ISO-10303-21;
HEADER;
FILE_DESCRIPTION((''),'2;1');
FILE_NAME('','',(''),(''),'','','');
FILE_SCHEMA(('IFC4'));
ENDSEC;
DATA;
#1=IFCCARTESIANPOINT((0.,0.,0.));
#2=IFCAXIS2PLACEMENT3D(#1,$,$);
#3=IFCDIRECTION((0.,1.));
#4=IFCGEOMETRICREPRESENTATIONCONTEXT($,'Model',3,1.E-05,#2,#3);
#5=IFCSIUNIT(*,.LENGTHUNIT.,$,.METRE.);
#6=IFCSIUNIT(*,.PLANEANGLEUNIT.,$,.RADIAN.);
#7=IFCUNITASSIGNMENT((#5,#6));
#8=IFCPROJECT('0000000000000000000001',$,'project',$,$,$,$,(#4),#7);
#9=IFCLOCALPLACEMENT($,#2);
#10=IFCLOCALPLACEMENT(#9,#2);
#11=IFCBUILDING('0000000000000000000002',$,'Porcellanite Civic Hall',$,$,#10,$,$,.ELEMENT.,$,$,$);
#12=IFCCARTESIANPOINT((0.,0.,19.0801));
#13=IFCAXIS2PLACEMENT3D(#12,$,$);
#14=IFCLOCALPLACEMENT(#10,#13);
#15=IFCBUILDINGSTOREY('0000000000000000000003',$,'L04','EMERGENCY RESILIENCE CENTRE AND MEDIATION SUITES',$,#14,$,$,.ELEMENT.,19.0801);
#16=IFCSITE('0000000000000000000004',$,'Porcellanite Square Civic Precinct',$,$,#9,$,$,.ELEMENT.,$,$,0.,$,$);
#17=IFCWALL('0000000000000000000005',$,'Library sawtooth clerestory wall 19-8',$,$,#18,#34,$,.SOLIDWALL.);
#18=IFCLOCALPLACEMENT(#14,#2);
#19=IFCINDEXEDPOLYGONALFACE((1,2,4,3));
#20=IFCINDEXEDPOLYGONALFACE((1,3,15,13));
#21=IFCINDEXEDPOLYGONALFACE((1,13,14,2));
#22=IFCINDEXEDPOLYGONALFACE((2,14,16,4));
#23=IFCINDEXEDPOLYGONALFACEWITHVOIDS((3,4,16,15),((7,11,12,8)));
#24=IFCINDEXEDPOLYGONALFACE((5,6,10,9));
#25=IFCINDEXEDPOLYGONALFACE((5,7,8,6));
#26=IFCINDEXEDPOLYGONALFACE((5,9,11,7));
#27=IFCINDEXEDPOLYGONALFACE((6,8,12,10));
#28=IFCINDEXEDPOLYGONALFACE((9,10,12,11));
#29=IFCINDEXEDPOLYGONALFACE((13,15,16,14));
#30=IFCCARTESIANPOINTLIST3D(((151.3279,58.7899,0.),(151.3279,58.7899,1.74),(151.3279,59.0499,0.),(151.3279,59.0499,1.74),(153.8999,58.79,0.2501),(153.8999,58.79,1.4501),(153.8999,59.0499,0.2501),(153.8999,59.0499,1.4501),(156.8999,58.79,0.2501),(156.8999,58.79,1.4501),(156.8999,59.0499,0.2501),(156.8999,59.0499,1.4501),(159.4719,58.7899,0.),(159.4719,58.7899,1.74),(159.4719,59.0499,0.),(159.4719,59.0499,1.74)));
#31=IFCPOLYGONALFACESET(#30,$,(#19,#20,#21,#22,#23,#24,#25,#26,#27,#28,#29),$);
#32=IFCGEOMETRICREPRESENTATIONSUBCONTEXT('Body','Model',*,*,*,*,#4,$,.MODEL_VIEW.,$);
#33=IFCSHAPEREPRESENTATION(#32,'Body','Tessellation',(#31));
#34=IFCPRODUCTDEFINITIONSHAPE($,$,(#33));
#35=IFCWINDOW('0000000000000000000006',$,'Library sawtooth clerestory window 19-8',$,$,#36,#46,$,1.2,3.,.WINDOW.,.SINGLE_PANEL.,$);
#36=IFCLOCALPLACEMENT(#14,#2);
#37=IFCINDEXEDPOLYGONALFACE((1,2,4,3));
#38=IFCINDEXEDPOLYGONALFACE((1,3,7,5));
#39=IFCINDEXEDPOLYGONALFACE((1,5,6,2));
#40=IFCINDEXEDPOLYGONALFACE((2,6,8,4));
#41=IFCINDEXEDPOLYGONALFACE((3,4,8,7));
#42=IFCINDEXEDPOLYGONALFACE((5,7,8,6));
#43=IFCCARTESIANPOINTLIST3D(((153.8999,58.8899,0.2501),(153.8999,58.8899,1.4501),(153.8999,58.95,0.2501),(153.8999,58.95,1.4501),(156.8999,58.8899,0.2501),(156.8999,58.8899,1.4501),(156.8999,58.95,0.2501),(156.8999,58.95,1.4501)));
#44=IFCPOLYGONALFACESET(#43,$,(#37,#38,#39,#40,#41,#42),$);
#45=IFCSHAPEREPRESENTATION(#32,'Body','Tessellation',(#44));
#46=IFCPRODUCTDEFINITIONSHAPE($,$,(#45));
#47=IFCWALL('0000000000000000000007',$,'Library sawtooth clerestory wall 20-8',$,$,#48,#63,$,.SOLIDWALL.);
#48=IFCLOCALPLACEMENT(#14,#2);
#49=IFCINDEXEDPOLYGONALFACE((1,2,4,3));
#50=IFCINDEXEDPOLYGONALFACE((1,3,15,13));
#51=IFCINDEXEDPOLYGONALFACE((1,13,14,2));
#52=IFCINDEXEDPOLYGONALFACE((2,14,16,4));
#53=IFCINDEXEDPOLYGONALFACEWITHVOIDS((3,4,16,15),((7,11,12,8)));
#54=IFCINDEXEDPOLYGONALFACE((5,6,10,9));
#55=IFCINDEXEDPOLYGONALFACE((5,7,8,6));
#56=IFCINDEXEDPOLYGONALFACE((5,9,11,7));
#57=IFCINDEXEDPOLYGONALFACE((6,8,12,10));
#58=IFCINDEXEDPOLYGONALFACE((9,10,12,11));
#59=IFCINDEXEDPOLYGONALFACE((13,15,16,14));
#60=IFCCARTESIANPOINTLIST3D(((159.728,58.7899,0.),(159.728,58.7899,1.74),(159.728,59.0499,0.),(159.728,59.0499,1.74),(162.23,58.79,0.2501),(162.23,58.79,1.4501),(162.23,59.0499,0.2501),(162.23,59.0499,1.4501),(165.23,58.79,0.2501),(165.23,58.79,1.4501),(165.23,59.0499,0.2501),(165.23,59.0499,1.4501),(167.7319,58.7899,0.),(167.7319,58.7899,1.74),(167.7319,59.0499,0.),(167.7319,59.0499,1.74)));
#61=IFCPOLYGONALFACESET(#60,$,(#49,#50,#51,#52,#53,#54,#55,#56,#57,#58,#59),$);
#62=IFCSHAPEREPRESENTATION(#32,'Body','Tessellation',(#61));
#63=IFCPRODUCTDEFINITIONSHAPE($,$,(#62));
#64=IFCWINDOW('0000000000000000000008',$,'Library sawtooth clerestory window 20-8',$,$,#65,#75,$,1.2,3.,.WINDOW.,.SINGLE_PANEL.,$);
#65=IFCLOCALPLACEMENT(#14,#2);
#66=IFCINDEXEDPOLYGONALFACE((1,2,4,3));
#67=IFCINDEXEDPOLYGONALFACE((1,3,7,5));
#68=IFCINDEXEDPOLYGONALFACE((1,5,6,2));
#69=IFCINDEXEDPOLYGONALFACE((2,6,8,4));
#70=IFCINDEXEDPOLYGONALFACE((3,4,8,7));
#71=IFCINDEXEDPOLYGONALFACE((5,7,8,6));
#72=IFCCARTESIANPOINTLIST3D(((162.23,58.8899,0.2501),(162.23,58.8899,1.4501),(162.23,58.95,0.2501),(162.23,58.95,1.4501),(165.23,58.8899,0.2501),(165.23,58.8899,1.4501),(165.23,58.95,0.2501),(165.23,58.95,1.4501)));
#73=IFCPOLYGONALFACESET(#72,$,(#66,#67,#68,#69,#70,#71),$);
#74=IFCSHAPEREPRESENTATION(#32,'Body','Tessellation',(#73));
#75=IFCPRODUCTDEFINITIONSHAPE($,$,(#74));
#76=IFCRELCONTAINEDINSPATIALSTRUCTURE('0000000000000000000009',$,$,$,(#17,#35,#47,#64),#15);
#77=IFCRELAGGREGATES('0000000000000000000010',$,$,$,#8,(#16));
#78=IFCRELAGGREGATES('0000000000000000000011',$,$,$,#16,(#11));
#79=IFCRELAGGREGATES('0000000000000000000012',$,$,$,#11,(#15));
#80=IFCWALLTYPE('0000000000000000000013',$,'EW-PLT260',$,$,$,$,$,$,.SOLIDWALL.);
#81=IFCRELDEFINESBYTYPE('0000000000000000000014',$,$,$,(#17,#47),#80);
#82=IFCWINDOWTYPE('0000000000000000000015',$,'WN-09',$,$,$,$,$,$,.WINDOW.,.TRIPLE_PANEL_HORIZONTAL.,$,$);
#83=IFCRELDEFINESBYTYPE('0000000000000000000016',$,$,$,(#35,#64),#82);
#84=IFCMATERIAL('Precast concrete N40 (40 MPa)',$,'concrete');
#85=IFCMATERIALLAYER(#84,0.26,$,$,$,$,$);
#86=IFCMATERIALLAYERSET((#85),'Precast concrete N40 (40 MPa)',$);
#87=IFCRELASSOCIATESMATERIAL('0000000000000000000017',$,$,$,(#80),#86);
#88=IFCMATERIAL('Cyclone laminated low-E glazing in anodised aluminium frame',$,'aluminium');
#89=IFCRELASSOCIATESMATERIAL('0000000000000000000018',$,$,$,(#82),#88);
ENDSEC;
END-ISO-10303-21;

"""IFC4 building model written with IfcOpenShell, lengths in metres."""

from ifc_helpers import new_model, si_unit, direction, frame, frame_2d, origin, place, context, subcontext, project, spatial, rectangle, extrude, material, layer, layer_set, type_object, element, fill, save


model = new_model("IFC4")

# Units and contexts
model_context = context("Model", 3, precision=1e-05, world=origin(), true_north=direction((0.0, 1.0)))
body_context = subcontext(model_context, "Body", "Model", "MODEL_VIEW")
ifc_project = project(units=[si_unit("LENGTHUNIT", "METRE"), si_unit("PLANEANGLEUNIT", "RADIAN")], contexts=[model_context])

# Site, building, storey
site_placement = place(None, origin())
site = spatial("IfcSite", under=ifc_project, at=site_placement, Name="Porcellanite Square Civic Precinct", CompositionType="ELEMENT", RefElevation=0.0)
building_placement = place(site_placement, origin())
building = spatial("IfcBuilding", under=site, at=building_placement, Name="Porcellanite Civic Hall", CompositionType="ELEMENT")
storey_placement = place(building_placement, frame((0.0, 0.0, 19.0801)))
storey = spatial("IfcBuildingStorey", under=building, at=storey_placement, Name="L04", Description="EMERGENCY RESILIENCE CENTRE AND MEDIATION SUITES", CompositionType="ELEMENT", Elevation=19.0801)

# Walls, openings, windows
ifc_material_1 = material(Name="Precast concrete N40 (40 MPa)", Category="concrete")
ifc_layer_1 = layer(ifc_material_1, 0.26)
ifc_layer_set_1 = layer_set([ifc_layer_1], Name="Precast concrete N40 (40 MPa)")
wall_type_1 = type_object("IfcWallType", Name="EW-PLT260", PredefinedType="SOLIDWALL", material=ifc_layer_set_1)
wall_1_placement = place(storey_placement, frame((159.4719, 58.9199, 0.0), z_axis=(0.0, 0.0, 1.0), x_axis=(-1.0, 0.0, 0.0)))
wall_1 = element("IfcWall", 1, at=wall_1_placement, inside=storey, type_object=wall_type_1, Name="Library sawtooth clerestory wall 19-8", PredefinedType="SOLIDWALL", context=body_context, shape_type="SweptSolid", body=[
    extrude(rectangle(XDim=8.144, YDim=0.26, at=frame_2d((4.072, 0.0))), origin(), (0.0, 0.0, 1.0), 1.74),
])
opening_1_placement = place(wall_1_placement, frame((2.572, 0.0, 0.25)))
opening_1 = element("IfcOpeningElement", 2, at=opening_1_placement, cuts=wall_1, PredefinedType="OPENING", context=body_context, shape_type="SweptSolid", body=[
    extrude(rectangle(XDim=3.0, YDim=1.2, at=frame_2d((1.5, 0.6001))), frame((0.0, 0.1299, 0.0), z_axis=(0.0, -1.0, 0.0), x_axis=(1.0, 0.0, 0.0)), (0.0, 0.0, 1.0), 0.26),
])
ifc_material_2 = material(Name="Cyclone laminated low-E glazing in anodised aluminium frame", Category="aluminium")
window_type = type_object("IfcWindowType", Name="WN-09", PartitioningType="TRIPLE_PANEL_HORIZONTAL", PredefinedType="WINDOW", material=ifc_material_2)
window_1_placement = place(opening_1_placement, origin())
window_1 = element("IfcWindow", 3, at=window_1_placement, inside=storey, type_object=window_type, Name="Library sawtooth clerestory window 19-8", OverallHeight=1.2, OverallWidth=3.0, PartitioningType="SINGLE_PANEL", PredefinedType="WINDOW", context=body_context, shape_type="SweptSolid", body=[
    extrude(rectangle(XDim=3.0, YDim=1.2, at=frame_2d((1.5, 0.6001))), frame((0.0, 0.03, 0.0), z_axis=(0.0, -1.0, 0.0), x_axis=(1.0, 0.0, 0.0)), (0.0, 0.0, 1.0), 0.0601),
])
fill(opening_1, window_1)
wall_2_placement = place(storey_placement, frame((167.7319, 58.9199, 0.0), z_axis=(0.0, 0.0, 1.0), x_axis=(-1.0, 0.0, 0.0)))
wall_2 = element("IfcWall", 4, at=wall_2_placement, inside=storey, type_object=wall_type_1, Name="Library sawtooth clerestory wall 20-8", PredefinedType="SOLIDWALL", context=body_context, shape_type="SweptSolid", body=[
    extrude(rectangle(XDim=8.0039, YDim=0.26, at=frame_2d((4.002, 0.0))), origin(), (0.0, 0.0, 1.0), 1.74),
])
opening_2_placement = place(wall_2_placement, frame((2.502, 0.0, 0.25)))
opening_2 = element("IfcOpeningElement", 5, at=opening_2_placement, cuts=wall_2, PredefinedType="OPENING", context=body_context, shape_type="SweptSolid", body=[
    extrude(rectangle(XDim=3.0, YDim=1.2, at=frame_2d((1.5, 0.6001))), frame((0.0, 0.1299, 0.0), z_axis=(0.0, -1.0, 0.0), x_axis=(1.0, 0.0, 0.0)), (0.0, 0.0, 1.0), 0.26),
])
window_2_placement = place(opening_2_placement, origin())
window_2 = element("IfcWindow", 6, at=window_2_placement, inside=storey, type_object=window_type, Name="Library sawtooth clerestory window 20-8", OverallHeight=1.2, OverallWidth=3.0, PartitioningType="SINGLE_PANEL", PredefinedType="WINDOW", context=body_context, shape_type="SweptSolid", body=[
    extrude(rectangle(XDim=3.0, YDim=1.2, at=frame_2d((1.5, 0.6001))), frame((0.0, 0.03, 0.0), z_axis=(0.0, -1.0, 0.0), x_axis=(1.0, 0.0, 0.0)), (0.0, 0.0, 1.0), 0.0601),
])
fill(opening_2, window_2)

save(model, "model.ifc")
